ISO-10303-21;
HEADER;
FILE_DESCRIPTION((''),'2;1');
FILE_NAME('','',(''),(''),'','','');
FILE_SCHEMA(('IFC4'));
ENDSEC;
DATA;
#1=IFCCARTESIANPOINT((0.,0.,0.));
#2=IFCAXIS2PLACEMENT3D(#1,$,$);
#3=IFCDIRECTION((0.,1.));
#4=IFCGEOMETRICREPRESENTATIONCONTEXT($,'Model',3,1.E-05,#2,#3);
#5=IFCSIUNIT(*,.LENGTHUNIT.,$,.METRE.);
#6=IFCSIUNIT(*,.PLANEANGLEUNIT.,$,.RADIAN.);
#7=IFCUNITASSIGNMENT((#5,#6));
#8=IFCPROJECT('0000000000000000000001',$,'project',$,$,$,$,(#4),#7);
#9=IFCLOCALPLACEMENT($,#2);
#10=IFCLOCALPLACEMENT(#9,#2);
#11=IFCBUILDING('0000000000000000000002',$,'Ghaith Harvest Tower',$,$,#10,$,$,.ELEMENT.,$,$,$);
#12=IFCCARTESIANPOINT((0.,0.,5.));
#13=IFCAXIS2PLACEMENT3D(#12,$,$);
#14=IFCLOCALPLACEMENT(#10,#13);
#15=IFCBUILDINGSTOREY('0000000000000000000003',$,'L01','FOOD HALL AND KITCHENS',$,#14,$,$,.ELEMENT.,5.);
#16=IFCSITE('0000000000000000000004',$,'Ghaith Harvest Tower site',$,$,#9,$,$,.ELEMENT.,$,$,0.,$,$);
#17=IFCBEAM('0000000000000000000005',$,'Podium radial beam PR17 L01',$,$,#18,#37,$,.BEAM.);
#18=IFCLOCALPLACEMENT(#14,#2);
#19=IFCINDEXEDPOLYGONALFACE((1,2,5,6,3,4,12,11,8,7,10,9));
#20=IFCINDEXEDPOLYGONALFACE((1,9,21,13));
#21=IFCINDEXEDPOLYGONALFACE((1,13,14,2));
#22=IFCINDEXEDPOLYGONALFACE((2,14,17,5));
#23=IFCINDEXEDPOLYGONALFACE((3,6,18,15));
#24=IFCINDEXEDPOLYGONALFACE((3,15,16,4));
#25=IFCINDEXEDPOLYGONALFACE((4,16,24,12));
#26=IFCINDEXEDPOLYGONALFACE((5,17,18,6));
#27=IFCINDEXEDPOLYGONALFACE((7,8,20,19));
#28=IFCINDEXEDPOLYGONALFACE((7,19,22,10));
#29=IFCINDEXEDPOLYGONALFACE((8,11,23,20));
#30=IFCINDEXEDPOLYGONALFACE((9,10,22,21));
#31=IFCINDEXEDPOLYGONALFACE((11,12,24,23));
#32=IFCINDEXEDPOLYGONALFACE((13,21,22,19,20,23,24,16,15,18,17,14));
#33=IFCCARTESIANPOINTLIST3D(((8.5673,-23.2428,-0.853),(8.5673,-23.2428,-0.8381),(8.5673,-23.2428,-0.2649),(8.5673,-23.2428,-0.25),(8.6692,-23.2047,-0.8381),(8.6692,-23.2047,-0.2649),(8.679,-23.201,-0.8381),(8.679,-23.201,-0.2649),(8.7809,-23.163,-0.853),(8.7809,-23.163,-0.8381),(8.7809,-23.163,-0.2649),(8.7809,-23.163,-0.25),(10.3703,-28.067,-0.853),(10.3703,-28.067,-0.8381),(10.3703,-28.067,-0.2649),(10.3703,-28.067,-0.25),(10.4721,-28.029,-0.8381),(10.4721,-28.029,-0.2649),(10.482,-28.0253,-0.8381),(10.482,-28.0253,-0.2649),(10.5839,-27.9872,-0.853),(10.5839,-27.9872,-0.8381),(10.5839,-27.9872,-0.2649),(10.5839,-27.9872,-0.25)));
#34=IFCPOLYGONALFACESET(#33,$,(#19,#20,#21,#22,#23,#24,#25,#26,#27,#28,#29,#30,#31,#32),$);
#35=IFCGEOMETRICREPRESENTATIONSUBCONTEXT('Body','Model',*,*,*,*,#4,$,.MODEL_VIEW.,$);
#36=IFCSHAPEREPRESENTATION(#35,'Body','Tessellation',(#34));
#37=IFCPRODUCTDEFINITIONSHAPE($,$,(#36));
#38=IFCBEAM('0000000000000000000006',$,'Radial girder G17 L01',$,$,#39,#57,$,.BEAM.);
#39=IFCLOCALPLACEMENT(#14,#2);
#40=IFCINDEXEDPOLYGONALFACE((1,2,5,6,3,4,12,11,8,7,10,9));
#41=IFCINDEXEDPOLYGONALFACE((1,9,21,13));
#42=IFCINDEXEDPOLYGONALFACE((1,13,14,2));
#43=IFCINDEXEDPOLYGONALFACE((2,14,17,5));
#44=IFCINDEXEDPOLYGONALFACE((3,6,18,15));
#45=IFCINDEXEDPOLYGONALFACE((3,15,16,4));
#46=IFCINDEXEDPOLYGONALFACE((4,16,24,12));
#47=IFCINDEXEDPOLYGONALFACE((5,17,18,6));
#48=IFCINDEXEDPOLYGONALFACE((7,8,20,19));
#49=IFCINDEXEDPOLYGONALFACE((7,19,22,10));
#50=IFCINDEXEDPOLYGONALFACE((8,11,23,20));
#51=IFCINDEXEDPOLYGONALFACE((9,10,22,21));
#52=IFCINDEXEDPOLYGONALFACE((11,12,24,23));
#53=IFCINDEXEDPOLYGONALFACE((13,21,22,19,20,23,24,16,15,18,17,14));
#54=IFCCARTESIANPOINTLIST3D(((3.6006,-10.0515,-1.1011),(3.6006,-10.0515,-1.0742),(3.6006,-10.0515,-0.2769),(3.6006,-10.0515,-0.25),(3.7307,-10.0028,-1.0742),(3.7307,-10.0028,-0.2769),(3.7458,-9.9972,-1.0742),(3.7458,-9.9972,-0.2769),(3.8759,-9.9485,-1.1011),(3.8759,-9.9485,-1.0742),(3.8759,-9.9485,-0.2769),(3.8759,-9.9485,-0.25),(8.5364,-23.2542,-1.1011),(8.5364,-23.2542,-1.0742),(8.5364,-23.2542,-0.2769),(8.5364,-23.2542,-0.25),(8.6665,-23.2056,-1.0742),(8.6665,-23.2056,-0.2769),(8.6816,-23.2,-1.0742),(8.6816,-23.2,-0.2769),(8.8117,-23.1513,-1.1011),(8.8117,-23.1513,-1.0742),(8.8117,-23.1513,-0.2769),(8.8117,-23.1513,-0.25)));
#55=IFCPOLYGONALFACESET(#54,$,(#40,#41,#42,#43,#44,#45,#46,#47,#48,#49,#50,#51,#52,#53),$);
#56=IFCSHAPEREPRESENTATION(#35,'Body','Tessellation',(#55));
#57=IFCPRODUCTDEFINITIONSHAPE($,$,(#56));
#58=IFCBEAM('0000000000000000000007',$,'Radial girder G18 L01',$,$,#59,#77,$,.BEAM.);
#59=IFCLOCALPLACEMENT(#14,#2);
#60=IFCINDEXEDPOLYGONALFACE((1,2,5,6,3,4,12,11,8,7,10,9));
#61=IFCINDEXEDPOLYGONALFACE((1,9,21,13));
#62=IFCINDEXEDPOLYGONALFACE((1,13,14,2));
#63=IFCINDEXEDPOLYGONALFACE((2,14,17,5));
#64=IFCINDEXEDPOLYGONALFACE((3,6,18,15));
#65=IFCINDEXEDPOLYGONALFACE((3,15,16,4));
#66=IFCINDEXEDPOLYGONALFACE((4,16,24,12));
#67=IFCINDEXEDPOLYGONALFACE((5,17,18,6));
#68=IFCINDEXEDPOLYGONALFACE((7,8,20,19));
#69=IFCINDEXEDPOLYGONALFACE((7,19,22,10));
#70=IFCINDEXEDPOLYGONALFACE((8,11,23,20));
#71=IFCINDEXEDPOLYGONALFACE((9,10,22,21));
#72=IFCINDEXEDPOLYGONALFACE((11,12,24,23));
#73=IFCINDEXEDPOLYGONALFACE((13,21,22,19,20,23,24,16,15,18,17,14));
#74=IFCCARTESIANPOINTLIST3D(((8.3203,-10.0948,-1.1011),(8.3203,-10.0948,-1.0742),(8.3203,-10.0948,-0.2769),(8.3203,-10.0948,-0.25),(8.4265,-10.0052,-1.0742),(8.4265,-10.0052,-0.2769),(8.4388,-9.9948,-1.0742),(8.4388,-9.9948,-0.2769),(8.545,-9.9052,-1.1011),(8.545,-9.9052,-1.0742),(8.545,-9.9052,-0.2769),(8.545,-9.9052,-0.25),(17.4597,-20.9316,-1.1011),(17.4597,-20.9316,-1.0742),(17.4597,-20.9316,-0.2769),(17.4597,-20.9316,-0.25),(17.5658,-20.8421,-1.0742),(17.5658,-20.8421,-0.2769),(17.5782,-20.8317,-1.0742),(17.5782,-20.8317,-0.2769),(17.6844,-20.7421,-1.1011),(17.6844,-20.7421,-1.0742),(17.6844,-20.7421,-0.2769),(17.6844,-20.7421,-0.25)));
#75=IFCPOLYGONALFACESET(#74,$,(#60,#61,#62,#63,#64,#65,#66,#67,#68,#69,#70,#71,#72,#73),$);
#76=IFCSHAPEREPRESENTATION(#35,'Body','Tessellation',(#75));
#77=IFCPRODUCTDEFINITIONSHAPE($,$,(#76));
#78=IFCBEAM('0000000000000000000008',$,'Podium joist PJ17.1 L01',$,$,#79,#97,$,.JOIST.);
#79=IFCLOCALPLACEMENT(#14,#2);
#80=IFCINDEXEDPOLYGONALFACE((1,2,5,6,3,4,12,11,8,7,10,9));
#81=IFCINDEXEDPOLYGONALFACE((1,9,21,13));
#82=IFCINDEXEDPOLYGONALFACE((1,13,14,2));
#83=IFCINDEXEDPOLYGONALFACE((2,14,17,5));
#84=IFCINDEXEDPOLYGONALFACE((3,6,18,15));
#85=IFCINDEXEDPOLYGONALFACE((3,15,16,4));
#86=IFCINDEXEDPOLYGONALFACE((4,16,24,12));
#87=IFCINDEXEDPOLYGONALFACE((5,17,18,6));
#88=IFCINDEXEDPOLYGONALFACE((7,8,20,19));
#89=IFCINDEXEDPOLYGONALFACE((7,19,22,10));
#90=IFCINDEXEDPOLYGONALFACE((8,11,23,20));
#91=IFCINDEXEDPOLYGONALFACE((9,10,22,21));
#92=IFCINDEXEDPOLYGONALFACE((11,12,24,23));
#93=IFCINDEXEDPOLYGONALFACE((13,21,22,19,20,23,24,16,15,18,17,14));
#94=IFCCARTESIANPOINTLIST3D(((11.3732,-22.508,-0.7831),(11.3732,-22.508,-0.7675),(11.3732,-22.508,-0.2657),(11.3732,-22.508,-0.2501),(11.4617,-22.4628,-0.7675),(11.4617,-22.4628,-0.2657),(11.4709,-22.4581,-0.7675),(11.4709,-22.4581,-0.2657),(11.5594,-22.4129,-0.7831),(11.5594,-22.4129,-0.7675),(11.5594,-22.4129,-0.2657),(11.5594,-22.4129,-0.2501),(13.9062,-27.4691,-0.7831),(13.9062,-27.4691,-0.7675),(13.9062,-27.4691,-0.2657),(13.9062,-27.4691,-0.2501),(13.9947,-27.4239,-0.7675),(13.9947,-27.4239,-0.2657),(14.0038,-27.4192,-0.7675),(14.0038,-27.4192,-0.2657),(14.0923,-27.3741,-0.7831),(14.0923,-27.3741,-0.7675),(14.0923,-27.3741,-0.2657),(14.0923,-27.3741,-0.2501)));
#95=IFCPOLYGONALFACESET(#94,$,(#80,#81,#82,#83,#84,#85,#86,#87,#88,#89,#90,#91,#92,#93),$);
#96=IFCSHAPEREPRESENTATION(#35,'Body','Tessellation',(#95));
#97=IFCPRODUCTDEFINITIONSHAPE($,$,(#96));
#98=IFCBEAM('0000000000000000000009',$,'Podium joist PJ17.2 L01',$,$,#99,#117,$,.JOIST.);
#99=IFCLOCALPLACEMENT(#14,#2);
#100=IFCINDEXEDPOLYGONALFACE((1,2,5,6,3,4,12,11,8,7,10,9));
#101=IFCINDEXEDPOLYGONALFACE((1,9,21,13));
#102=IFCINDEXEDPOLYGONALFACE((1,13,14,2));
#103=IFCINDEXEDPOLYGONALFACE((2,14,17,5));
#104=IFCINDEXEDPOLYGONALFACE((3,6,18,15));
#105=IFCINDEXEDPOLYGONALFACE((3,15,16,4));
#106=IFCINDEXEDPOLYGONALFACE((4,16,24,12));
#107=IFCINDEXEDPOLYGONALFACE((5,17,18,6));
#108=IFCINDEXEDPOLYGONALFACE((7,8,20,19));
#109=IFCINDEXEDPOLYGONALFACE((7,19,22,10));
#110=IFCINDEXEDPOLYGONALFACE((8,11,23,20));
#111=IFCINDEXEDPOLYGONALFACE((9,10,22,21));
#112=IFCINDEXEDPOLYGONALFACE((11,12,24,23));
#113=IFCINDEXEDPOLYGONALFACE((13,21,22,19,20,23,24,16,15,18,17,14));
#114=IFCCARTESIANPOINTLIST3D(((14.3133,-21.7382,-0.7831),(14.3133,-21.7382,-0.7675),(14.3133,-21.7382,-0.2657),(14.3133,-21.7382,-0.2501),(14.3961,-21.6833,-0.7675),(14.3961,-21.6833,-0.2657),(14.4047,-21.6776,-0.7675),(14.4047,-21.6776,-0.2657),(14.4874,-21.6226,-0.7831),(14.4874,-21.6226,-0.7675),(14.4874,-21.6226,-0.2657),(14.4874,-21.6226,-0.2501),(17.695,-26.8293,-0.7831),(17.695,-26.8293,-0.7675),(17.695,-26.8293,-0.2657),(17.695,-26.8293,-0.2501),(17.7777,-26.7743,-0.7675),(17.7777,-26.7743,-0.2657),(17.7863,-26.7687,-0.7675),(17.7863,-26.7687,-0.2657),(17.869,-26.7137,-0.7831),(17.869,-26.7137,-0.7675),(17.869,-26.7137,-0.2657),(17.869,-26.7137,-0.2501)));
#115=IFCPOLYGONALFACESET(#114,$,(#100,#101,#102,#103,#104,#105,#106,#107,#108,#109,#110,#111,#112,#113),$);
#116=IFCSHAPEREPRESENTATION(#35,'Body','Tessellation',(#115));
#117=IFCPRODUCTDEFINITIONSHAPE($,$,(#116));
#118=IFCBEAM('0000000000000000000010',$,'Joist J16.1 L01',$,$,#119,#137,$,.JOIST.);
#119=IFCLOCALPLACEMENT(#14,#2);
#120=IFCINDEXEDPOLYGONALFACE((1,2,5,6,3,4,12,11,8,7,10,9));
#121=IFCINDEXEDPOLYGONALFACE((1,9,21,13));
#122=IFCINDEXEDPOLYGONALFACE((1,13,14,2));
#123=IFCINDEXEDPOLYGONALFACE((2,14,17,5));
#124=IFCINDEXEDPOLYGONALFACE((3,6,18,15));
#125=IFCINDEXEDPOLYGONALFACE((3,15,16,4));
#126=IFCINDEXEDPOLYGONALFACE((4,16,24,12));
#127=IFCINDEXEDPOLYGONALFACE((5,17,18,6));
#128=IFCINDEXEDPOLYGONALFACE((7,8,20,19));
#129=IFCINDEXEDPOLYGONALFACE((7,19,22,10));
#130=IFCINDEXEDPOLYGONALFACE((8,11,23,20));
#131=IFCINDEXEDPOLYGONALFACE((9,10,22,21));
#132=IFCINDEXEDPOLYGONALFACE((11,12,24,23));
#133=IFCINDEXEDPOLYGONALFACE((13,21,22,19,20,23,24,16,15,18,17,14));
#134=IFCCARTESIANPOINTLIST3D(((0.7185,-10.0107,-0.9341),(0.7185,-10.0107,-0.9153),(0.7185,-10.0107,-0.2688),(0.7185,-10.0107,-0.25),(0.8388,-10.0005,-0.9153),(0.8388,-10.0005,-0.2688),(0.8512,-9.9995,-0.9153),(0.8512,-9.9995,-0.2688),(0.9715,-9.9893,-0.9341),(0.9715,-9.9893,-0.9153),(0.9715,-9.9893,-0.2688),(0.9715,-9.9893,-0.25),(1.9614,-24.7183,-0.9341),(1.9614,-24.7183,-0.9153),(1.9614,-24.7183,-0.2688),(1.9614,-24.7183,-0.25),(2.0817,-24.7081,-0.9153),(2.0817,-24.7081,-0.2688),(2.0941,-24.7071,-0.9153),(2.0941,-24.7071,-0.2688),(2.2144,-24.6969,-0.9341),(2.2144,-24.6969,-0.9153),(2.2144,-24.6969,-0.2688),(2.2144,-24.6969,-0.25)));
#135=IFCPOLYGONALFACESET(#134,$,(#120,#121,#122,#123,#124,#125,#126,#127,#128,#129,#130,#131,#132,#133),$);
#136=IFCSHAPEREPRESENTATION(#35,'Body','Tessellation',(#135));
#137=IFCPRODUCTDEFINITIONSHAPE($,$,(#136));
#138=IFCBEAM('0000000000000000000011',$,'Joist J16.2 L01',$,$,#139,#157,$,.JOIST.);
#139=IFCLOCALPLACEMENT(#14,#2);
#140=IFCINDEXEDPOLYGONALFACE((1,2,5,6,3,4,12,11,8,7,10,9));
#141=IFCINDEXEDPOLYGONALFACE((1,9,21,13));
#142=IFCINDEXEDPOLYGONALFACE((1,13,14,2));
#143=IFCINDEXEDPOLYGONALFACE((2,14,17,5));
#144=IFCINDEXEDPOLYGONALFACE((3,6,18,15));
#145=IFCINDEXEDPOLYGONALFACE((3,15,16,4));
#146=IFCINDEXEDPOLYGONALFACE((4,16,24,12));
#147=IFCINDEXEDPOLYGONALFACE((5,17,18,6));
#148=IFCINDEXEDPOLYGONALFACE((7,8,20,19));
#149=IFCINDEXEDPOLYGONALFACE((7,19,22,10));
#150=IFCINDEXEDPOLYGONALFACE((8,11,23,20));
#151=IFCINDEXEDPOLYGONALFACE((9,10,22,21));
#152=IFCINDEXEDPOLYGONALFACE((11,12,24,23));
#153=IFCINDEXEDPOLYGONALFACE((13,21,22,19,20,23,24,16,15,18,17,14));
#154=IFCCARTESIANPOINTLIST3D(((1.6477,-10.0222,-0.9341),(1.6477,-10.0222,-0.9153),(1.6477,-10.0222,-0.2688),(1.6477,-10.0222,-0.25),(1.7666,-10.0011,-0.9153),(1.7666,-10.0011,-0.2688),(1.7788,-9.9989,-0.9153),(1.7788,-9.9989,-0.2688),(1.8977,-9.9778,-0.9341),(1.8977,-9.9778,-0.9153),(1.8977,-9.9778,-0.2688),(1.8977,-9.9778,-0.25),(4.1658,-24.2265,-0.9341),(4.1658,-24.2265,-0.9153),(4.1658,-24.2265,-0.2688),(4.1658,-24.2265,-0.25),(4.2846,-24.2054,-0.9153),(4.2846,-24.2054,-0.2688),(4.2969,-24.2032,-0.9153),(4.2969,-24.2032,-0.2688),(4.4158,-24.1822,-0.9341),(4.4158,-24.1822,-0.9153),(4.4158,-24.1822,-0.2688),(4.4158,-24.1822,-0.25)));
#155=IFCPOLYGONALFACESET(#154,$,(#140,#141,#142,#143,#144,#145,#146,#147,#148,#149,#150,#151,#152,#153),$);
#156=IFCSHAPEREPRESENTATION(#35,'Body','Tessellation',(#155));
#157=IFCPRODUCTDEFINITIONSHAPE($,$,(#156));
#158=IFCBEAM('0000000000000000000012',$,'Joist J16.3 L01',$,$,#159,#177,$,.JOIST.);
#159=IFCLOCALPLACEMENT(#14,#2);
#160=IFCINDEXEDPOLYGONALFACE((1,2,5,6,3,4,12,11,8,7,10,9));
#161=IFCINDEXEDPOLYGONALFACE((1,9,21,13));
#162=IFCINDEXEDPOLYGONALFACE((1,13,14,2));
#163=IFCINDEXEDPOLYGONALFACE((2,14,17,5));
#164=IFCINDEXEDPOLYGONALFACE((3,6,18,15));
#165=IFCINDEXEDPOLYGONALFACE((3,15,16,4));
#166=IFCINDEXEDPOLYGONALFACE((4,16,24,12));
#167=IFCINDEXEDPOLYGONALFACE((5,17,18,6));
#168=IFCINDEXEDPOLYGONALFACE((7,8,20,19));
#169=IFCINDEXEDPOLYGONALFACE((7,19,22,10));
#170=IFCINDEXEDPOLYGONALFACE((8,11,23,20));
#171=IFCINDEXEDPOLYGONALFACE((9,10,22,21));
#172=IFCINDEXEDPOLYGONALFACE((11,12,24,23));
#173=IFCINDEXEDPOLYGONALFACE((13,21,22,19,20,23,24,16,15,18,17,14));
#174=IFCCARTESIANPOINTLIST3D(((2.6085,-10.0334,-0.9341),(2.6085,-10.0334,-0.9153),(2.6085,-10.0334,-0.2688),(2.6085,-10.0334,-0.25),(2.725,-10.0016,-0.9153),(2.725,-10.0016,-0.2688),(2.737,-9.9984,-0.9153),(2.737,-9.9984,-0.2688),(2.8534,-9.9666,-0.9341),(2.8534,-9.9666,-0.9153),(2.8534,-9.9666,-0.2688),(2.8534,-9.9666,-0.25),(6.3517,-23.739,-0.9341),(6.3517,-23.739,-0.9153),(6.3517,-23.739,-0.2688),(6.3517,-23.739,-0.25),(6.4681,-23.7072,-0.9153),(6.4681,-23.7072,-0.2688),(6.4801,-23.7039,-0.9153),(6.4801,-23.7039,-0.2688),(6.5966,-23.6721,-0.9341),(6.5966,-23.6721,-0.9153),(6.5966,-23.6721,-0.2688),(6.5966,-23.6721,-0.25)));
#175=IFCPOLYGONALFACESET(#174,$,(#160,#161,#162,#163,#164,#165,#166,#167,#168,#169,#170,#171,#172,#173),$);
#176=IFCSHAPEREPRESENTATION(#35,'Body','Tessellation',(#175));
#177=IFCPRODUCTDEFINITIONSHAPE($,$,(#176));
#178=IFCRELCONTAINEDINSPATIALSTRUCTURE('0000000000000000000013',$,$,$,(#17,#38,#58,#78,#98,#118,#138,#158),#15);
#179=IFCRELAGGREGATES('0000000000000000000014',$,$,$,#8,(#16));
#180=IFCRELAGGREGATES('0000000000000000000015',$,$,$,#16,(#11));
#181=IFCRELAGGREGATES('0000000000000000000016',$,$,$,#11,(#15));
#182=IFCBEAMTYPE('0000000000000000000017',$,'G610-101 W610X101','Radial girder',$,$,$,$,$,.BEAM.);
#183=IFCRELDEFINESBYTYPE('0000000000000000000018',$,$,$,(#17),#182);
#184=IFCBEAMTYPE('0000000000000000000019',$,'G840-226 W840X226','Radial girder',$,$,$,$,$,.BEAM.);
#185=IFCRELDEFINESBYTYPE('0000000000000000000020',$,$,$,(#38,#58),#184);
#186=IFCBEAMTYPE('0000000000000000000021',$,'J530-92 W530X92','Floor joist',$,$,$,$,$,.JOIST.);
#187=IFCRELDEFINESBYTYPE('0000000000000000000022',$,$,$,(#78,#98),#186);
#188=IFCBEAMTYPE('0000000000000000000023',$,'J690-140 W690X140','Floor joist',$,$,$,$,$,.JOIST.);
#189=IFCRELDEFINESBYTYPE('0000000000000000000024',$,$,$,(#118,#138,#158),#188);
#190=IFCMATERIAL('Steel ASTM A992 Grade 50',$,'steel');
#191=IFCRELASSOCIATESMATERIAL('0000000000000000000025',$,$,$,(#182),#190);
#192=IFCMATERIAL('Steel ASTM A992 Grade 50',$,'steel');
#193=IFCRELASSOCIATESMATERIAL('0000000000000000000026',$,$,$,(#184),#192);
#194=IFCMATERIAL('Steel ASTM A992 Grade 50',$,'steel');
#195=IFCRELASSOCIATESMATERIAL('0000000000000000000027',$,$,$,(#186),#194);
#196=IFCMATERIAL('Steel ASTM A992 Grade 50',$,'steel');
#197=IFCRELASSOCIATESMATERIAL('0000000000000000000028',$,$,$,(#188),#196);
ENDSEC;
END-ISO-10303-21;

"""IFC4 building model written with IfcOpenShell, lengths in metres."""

from ifc_helpers import new_model, si_unit, direction, frame, origin, origin_2d, place, context, subcontext, project, spatial, i_section, extrude, material, material_profile, profile_set, type_object, element, save


model = new_model("IFC4")

# Units and contexts
model_context = context("Model", 3, precision=1e-05, world=origin(), true_north=direction((0.0, 1.0)))
body_context = subcontext(model_context, "Body", "Model", "MODEL_VIEW")
ifc_project = project(units=[si_unit("LENGTHUNIT", "METRE"), si_unit("PLANEANGLEUNIT", "RADIAN")], contexts=[model_context])

# Site, building, storey
site_placement = place(None, origin())
site = spatial("IfcSite", under=ifc_project, at=site_placement, Name="Ghaith Harvest Tower site", CompositionType="ELEMENT", RefElevation=0.0)
building_placement = place(site_placement, origin())
building = spatial("IfcBuilding", under=site, at=building_placement, Name="Ghaith Harvest Tower", CompositionType="ELEMENT")
storey_placement = place(building_placement, frame((0.0, 0.0, 5.0)))
storey = spatial("IfcBuildingStorey", under=building, at=storey_placement, Name="L01", Description="FOOD HALL AND KITCHENS", CompositionType="ELEMENT", Elevation=5.0)

# Beams
ifc_material_1 = material(Name="Steel ASTM A992 Grade 50", Category="steel")
ifc_material_profile_1 = material_profile(ifc_material_1, i_section(OverallWidth=0.228, OverallDepth=0.603, WebThickness=0.0105, FlangeThickness=0.0149, at=origin_2d()), Name="W610X101")
ifc_profile_set_1 = profile_set([ifc_material_profile_1], Name="Steel ASTM A992 Grade 50")
beam_type_1 = type_object("IfcBeamType", Name="G610-101 W610X101", Description="Radial girder", PredefinedType="BEAM", material=ifc_profile_set_1)
beam_1_placement = place(storey_placement, frame((8.6741, -23.2029, -0.5515), z_axis=(0.350084, -0.936718, 0.0), x_axis=(0.936718, 0.350084, 0.0)))
element("IfcBeam", 1, at=beam_1_placement, inside=storey, type_object=beam_type_1, Name="Podium radial beam PR17 L01", PredefinedType="BEAM", context=body_context, shape_type="SweptSolid", body=[
    extrude(i_section(OverallWidth=0.228, OverallDepth=0.603, WebThickness=0.0105, FlangeThickness=0.0149, at=origin_2d()), origin(), (0.0, 0.0, 1.0), 5.1501),
])
ifc_material_2 = material(Name="Steel ASTM A992 Grade 50", Category="steel")
ifc_material_profile_2 = material_profile(ifc_material_2, i_section(OverallWidth=0.2939, OverallDepth=0.8511, WebThickness=0.0161, FlangeThickness=0.0269, at=origin_2d()), Name="W840X226")
ifc_profile_set_2 = profile_set([ifc_material_profile_2], Name="Steel ASTM A992 Grade 50")
beam_type_2 = type_object("IfcBeamType", Name="G840-226 W840X226", Description="Radial girder", PredefinedType="BEAM", material=ifc_profile_set_2)
beam_2_placement = place(storey_placement, frame((3.7383, -10.0, -0.6755), z_axis=(0.350172, -0.936685, 0.0), x_axis=(0.936685, 0.350172, 0.0)))
element("IfcBeam", 2, at=beam_2_placement, inside=storey, type_object=beam_type_2, Name="Radial girder G17 L01", PredefinedType="BEAM", context=body_context, shape_type="SweptSolid", body=[
    extrude(i_section(OverallWidth=0.2939, OverallDepth=0.8511, WebThickness=0.0161, FlangeThickness=0.0269, at=origin_2d()), origin(), (0.0, 0.0, 1.0), 14.0952),
])
beam_3_placement = place(storey_placement, frame((8.4326, -10.0, -0.6755), z_axis=(0.644696, -0.764439, 0.0), x_axis=(0.764439, 0.644696, 0.0)))
element("IfcBeam", 3, at=beam_3_placement, inside=storey, type_object=beam_type_2, Name="Radial girder G18 L01", PredefinedType="BEAM", context=body_context, shape_type="SweptSolid", body=[
    extrude(i_section(OverallWidth=0.2939, OverallDepth=0.8511, WebThickness=0.0161, FlangeThickness=0.0269, at=origin_2d()), origin(), (0.0, 0.0, 1.0), 14.1763),
])
ifc_material_3 = material(Name="Steel ASTM A992 Grade 50", Category="steel")
ifc_material_profile_3 = material_profile(ifc_material_3, i_section(OverallWidth=0.209, OverallDepth=0.533, WebThickness=0.0103, FlangeThickness=0.0156, at=origin_2d()), Name="W530X92")
ifc_profile_set_3 = profile_set([ifc_material_profile_3], Name="Steel ASTM A992 Grade 50")
beam_type_3 = type_object("IfcBeamType", Name="J530-92 W530X92", Description="Floor joist", PredefinedType="JOIST", material=ifc_profile_set_3)
beam_4_placement = place(storey_placement, frame((11.4663, -22.4604, -0.5166), z_axis=(0.454719, -0.890635, 0.0), x_axis=(0.890635, 0.454719, 0.0)))
element("IfcBeam", 4, at=beam_4_placement, inside=storey, type_object=beam_type_3, Name="Podium joist PJ17.1 L01", PredefinedType="JOIST", context=body_context, shape_type="SweptSolid", body=[
    extrude(i_section(OverallWidth=0.209, OverallDepth=0.533, WebThickness=0.0103, FlangeThickness=0.0156, at=origin_2d()), origin(), (0.0, 0.0, 1.0), 5.5703),
])
beam_5_placement = place(storey_placement, frame((14.4004, -21.6804, -0.5166), z_axis=(0.553289, -0.832989, 0.0), x_axis=(0.832989, 0.553289, 0.0)))
element("IfcBeam", 5, at=beam_5_placement, inside=storey, type_object=beam_type_3, Name="Podium joist PJ17.2 L01", PredefinedType="JOIST", context=body_context, shape_type="SweptSolid", body=[
    extrude(i_section(OverallWidth=0.209, OverallDepth=0.533, WebThickness=0.0103, FlangeThickness=0.0156, at=origin_2d()), origin(), (0.0, 0.0, 1.0), 6.1118),
])
ifc_material_4 = material(Name="Steel ASTM A992 Grade 50", Category="steel")
ifc_material_profile_4 = material_profile(ifc_material_4, i_section(OverallWidth=0.2539, OverallDepth=0.6841, WebThickness=0.0125, FlangeThickness=0.0188, at=origin_2d()), Name="W690X140")
ifc_profile_set_4 = profile_set([ifc_material_profile_4], Name="Steel ASTM A992 Grade 50")
beam_type_4 = type_object("IfcBeamType", Name="J690-140 W690X140", Description="Floor joist", PredefinedType="JOIST", material=ifc_profile_set_4)
beam_6_placement = place(storey_placement, frame((0.845, -10.0, -0.592), z_axis=(0.084209, -0.996448, 0.0), x_axis=(0.996448, 0.084209, 0.0)))
element("IfcBeam", 6, at=beam_6_placement, inside=storey, type_object=beam_type_4, Name="Joist J16.1 L01", PredefinedType="JOIST", context=body_context, shape_type="SweptSolid", body=[
    extrude(i_section(OverallWidth=0.2539, OverallDepth=0.6841, WebThickness=0.0125, FlangeThickness=0.0188, at=origin_2d()), origin(), (0.0, 0.0, 1.0), 14.76),
])
beam_7_placement = place(storey_placement, frame((1.7727, -10.0, -0.592), z_axis=(0.174553, -0.984648, 0.0), x_axis=(0.984648, 0.174553, 0.0)))
element("IfcBeam", 7, at=beam_7_placement, inside=storey, type_object=beam_type_4, Name="Joist J16.2 L01", PredefinedType="JOIST", context=body_context, shape_type="SweptSolid", body=[
    extrude(i_section(OverallWidth=0.2539, OverallDepth=0.6841, WebThickness=0.0125, FlangeThickness=0.0188, at=origin_2d()), origin(), (0.0, 0.0, 1.0), 14.4258),
])
beam_8_placement = place(storey_placement, frame((2.731, -10.0, -0.592), z_axis=(0.263463, -0.964669, 0.0), x_axis=(0.964669, 0.263463, 0.0)))
element("IfcBeam", 8, at=beam_8_placement, inside=storey, type_object=beam_type_4, Name="Joist J16.3 L01", PredefinedType="JOIST", context=body_context, shape_type="SweptSolid", body=[
    extrude(i_section(OverallWidth=0.2539, OverallDepth=0.6841, WebThickness=0.0125, FlangeThickness=0.0188, at=origin_2d()), origin(), (0.0, 0.0, 1.0), 14.2075),
])

save(model, "model.ifc")
